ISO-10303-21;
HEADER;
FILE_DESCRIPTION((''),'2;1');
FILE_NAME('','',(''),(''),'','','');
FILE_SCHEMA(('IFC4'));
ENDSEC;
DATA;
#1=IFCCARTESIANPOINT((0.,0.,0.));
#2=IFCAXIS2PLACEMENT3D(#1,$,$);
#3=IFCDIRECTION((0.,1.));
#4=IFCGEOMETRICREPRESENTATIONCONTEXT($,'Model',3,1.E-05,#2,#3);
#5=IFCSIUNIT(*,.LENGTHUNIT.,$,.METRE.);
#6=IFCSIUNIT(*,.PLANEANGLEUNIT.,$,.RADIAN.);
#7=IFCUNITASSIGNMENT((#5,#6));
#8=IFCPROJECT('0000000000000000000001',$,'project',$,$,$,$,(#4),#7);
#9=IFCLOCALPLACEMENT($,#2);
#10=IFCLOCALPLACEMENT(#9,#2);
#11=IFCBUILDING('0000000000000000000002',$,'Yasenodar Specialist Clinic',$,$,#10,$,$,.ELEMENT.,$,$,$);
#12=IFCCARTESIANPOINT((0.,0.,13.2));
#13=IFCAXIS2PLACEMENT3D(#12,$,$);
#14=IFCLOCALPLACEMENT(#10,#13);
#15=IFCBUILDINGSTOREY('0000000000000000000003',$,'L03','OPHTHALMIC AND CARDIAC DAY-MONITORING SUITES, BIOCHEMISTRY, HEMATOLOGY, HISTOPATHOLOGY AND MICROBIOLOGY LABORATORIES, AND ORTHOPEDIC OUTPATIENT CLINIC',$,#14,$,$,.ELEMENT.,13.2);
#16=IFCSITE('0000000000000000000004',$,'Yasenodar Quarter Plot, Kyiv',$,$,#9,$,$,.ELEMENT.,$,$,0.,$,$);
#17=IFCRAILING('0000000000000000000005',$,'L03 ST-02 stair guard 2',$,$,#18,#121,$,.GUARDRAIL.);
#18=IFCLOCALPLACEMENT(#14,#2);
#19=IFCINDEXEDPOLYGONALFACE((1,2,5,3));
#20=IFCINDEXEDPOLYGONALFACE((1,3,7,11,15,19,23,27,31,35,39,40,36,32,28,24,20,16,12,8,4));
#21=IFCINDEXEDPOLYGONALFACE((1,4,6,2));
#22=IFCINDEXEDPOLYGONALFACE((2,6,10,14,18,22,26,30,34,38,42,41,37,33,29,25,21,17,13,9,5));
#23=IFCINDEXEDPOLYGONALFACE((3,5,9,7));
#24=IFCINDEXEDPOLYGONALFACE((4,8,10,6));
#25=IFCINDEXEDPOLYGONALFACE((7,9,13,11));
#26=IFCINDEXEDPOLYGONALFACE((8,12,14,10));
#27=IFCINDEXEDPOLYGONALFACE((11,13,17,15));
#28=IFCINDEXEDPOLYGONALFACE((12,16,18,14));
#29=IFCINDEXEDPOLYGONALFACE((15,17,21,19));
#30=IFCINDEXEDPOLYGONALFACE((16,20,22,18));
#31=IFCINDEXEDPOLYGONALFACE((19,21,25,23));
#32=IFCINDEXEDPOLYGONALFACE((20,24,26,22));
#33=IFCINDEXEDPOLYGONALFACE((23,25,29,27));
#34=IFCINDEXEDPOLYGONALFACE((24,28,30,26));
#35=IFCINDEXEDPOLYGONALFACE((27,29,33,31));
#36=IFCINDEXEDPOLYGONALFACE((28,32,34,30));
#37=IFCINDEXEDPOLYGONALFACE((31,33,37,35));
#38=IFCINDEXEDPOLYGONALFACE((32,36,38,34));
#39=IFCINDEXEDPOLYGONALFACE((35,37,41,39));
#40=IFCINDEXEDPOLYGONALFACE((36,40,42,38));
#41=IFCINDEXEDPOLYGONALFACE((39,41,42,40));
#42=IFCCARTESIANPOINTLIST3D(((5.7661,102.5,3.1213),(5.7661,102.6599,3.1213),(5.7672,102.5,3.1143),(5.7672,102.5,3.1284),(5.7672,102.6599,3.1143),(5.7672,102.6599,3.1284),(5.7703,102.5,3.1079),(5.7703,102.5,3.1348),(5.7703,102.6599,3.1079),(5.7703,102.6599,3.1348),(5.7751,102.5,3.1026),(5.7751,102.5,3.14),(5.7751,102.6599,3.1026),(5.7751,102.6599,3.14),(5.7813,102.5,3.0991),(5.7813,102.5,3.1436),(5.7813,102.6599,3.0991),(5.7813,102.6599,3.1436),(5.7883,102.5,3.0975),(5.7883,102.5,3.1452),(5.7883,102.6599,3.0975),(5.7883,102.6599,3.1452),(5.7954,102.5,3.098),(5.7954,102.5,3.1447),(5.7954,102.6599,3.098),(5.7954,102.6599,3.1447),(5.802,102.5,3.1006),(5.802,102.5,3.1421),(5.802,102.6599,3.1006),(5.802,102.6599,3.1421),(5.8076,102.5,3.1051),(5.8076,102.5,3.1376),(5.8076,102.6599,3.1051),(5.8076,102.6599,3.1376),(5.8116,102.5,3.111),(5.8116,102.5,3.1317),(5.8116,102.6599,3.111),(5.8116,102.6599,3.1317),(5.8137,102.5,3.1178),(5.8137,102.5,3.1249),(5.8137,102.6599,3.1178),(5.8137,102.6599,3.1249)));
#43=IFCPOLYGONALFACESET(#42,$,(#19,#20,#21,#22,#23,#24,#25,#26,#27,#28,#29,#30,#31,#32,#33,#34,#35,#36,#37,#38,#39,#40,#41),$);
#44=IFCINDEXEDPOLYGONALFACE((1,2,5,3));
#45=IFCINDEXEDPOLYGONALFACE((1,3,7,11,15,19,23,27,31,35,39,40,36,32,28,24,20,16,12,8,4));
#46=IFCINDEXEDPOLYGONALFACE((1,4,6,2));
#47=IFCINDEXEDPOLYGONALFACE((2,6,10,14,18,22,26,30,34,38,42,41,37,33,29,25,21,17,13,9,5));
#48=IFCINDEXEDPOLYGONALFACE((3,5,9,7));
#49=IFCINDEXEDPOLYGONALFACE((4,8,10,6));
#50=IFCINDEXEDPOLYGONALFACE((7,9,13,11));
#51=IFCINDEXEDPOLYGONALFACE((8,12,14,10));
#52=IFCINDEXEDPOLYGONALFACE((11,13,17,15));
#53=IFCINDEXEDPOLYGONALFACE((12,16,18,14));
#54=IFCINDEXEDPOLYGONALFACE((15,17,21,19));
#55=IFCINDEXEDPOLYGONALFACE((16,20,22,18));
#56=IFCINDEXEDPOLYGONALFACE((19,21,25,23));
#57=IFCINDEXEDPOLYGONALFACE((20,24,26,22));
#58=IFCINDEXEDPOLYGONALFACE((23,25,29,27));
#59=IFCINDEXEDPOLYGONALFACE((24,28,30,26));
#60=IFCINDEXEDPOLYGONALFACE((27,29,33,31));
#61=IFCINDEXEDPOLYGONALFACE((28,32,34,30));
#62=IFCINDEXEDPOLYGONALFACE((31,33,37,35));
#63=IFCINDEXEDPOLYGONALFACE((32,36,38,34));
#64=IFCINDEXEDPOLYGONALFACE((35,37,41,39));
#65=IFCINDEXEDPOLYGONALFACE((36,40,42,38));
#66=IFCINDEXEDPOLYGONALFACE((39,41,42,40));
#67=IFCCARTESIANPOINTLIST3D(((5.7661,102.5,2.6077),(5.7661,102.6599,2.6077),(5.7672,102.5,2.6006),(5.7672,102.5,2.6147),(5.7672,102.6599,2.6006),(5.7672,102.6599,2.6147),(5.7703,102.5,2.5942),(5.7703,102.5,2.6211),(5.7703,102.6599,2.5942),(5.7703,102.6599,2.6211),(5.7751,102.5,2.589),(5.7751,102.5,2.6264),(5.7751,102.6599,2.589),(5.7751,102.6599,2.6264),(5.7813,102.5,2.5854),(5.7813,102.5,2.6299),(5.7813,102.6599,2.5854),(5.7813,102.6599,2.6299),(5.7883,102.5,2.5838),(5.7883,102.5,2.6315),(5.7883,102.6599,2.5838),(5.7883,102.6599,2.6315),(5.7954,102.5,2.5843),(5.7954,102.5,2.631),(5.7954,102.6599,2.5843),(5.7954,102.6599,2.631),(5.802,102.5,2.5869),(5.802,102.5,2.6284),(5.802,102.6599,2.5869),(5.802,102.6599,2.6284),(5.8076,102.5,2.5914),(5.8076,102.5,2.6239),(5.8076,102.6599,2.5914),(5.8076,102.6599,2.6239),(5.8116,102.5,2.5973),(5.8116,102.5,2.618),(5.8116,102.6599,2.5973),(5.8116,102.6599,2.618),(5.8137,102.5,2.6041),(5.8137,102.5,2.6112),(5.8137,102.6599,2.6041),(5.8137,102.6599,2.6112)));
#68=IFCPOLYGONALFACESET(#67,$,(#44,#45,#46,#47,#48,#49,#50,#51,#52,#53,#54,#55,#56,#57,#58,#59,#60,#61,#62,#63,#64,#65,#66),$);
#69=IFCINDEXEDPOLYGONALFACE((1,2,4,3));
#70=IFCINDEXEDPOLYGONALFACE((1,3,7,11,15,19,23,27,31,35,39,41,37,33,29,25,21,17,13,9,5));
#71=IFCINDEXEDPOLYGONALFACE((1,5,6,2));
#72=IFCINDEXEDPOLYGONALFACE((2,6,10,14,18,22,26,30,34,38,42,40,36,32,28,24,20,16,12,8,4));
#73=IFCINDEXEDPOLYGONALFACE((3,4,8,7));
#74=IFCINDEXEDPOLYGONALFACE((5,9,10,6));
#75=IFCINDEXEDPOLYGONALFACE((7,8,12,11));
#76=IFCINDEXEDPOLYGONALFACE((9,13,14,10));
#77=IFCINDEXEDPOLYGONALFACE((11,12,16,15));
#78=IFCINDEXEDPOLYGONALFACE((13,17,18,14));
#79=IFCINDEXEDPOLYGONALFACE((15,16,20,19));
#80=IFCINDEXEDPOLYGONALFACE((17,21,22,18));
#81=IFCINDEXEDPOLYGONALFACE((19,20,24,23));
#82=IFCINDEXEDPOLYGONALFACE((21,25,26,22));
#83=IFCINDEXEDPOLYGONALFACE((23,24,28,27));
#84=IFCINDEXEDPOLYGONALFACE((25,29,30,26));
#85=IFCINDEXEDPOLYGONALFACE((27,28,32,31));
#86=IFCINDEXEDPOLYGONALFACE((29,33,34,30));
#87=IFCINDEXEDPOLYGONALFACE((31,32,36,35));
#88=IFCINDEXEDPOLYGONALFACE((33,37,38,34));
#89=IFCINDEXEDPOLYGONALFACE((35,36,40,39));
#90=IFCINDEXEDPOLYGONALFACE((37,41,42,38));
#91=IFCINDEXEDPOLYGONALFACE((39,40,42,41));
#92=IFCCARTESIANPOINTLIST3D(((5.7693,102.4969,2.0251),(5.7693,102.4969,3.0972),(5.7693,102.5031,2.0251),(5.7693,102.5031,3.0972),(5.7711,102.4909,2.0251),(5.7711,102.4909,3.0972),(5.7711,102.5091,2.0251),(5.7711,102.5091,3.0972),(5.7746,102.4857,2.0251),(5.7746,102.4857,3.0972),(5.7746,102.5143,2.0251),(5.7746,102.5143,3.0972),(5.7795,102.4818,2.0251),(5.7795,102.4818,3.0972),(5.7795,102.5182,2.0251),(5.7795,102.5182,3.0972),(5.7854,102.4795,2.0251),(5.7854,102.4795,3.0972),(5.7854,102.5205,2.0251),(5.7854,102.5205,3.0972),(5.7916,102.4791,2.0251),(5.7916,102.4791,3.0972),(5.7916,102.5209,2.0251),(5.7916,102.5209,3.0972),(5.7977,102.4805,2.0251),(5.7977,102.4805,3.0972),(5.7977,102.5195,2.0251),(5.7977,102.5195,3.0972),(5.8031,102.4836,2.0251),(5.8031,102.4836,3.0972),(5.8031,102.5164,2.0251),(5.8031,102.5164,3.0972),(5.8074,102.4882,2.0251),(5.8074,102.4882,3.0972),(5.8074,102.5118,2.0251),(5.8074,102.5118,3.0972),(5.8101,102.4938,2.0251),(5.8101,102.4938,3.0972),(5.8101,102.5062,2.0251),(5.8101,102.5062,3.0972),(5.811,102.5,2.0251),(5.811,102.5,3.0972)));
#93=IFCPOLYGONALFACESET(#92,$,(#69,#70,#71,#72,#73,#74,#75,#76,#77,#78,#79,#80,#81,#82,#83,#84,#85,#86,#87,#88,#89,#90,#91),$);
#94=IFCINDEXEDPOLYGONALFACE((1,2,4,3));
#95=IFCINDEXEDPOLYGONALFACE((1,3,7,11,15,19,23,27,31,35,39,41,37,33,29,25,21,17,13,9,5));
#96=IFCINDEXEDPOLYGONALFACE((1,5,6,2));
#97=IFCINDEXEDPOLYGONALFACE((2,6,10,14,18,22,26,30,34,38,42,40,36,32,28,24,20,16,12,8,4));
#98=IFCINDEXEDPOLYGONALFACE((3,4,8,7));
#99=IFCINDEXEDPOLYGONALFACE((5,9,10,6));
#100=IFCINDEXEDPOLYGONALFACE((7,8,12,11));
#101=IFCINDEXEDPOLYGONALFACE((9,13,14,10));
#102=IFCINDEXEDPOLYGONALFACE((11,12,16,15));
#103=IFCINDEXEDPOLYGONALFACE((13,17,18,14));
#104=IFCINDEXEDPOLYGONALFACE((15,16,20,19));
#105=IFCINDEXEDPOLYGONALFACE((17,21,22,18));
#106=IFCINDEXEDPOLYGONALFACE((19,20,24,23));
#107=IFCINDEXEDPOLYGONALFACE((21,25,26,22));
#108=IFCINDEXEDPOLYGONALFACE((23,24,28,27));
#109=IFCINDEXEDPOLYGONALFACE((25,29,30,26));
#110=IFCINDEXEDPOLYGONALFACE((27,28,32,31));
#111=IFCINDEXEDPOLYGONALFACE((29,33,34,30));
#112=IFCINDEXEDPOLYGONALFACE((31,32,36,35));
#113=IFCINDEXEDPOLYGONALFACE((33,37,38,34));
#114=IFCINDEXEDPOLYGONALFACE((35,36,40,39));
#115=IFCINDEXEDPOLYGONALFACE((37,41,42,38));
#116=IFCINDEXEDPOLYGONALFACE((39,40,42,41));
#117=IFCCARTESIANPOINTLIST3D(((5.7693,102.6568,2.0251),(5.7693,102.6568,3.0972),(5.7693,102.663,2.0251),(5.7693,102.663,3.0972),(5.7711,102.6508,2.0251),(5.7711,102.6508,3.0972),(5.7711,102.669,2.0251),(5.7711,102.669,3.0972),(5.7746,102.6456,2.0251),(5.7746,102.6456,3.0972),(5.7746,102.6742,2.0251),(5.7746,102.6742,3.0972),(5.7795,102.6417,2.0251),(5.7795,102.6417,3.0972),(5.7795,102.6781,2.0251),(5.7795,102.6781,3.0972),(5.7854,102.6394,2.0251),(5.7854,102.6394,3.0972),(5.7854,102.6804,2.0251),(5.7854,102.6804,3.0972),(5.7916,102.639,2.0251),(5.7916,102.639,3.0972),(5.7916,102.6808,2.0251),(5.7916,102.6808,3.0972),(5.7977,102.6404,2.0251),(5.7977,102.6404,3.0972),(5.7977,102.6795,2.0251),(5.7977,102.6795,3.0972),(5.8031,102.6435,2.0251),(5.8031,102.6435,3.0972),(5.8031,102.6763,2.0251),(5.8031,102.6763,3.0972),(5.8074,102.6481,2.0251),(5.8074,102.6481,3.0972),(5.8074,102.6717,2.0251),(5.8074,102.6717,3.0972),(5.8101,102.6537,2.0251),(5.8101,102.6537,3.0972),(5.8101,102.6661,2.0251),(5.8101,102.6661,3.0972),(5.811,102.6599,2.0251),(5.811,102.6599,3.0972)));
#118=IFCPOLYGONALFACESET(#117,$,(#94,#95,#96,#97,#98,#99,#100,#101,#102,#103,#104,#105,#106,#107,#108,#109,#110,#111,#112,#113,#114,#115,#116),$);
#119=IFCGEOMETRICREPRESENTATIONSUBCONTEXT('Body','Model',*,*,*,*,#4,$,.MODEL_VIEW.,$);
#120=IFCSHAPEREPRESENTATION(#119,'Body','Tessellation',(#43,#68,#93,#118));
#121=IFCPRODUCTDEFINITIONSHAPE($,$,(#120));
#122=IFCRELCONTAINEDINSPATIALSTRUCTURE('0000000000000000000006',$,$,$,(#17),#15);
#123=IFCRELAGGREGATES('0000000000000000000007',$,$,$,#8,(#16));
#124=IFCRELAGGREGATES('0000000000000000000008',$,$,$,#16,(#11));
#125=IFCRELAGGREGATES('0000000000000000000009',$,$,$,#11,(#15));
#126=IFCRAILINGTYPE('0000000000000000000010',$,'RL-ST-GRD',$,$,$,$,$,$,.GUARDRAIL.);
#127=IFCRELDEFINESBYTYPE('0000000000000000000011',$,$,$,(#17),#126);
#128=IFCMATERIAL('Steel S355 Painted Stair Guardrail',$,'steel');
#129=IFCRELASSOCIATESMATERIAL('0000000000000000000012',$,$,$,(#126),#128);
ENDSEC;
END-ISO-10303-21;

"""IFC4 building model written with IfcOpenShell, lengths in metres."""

from ifc_helpers import new_model, si_unit, direction, frame, origin, origin_2d, place, context, subcontext, project, spatial, circle, extrude, material, type_object, element, save


model = new_model("IFC4")

# Units and contexts
model_context = context("Model", 3, precision=1e-05, world=origin(), true_north=direction((0.0, 1.0)))
body_context = subcontext(model_context, "Body", "Model", "MODEL_VIEW")
ifc_project = project(units=[si_unit("LENGTHUNIT", "METRE"), si_unit("PLANEANGLEUNIT", "RADIAN")], contexts=[model_context])

# Site, building, storey
site_placement = place(None, origin())
site = spatial("IfcSite", under=ifc_project, at=site_placement, Name="Yasenodar Quarter Plot, Kyiv", CompositionType="ELEMENT", RefElevation=0.0)
building_placement = place(site_placement, origin())
building = spatial("IfcBuilding", under=site, at=building_placement, Name="Yasenodar Specialist Clinic", CompositionType="ELEMENT")
storey_placement = place(building_placement, frame((0.0, 0.0, 13.2)))
storey = spatial("IfcBuildingStorey", under=building, at=storey_placement, Name="L03", Description="OPHTHALMIC AND CARDIAC DAY-MONITORING SUITES, BIOCHEMISTRY, HEMATOLOGY, HISTOPATHOLOGY AND MICROBIOLOGY LABORATORIES, AND ORTHOPEDIC OUTPATIENT CLINIC", CompositionType="ELEMENT", Elevation=13.2)

# Railing
ifc_material_1 = material(Name="Steel S355 Painted Stair Guardrail", Category="steel")
railing_type_1 = type_object("IfcRailingType", Name="RL-ST-GRD", PredefinedType="GUARDRAIL", material=ifc_material_1)
railing_1_placement = place(storey_placement, frame((5.79, 102.5, 2.0251)))
element("IfcRailing", 1, at=railing_1_placement, inside=storey, type_object=railing_type_1, Name="L03 ST-02 stair guard 2", PredefinedType="GUARDRAIL", context=body_context, shape_type="SweptSolid", body=[
    extrude(circle(Radius=0.0239, at=origin_2d()), frame((0.0, 0.0, 1.0962), z_axis=(0.0, 1.0, 0.0), x_axis=(-1.0, 0.0, 0.0)), (0.0, 0.0, 1.0), 0.1599),
    extrude(circle(Radius=0.0239, at=origin_2d()), frame((0.0, 0.0, 0.5825), z_axis=(0.0, 1.0, 0.0), x_axis=(-1.0, 0.0, 0.0)), (0.0, 0.0, 1.0), 0.1599),
    extrude(circle(Radius=0.021, at=origin_2d()), origin(), (0.0, 0.0, 1.0), 1.072),
    extrude(circle(Radius=0.021, at=origin_2d()), frame((0.0, 0.1599, 0.0)), (0.0, 0.0, 1.0), 1.072),
])

save(model, "model.ifc")
